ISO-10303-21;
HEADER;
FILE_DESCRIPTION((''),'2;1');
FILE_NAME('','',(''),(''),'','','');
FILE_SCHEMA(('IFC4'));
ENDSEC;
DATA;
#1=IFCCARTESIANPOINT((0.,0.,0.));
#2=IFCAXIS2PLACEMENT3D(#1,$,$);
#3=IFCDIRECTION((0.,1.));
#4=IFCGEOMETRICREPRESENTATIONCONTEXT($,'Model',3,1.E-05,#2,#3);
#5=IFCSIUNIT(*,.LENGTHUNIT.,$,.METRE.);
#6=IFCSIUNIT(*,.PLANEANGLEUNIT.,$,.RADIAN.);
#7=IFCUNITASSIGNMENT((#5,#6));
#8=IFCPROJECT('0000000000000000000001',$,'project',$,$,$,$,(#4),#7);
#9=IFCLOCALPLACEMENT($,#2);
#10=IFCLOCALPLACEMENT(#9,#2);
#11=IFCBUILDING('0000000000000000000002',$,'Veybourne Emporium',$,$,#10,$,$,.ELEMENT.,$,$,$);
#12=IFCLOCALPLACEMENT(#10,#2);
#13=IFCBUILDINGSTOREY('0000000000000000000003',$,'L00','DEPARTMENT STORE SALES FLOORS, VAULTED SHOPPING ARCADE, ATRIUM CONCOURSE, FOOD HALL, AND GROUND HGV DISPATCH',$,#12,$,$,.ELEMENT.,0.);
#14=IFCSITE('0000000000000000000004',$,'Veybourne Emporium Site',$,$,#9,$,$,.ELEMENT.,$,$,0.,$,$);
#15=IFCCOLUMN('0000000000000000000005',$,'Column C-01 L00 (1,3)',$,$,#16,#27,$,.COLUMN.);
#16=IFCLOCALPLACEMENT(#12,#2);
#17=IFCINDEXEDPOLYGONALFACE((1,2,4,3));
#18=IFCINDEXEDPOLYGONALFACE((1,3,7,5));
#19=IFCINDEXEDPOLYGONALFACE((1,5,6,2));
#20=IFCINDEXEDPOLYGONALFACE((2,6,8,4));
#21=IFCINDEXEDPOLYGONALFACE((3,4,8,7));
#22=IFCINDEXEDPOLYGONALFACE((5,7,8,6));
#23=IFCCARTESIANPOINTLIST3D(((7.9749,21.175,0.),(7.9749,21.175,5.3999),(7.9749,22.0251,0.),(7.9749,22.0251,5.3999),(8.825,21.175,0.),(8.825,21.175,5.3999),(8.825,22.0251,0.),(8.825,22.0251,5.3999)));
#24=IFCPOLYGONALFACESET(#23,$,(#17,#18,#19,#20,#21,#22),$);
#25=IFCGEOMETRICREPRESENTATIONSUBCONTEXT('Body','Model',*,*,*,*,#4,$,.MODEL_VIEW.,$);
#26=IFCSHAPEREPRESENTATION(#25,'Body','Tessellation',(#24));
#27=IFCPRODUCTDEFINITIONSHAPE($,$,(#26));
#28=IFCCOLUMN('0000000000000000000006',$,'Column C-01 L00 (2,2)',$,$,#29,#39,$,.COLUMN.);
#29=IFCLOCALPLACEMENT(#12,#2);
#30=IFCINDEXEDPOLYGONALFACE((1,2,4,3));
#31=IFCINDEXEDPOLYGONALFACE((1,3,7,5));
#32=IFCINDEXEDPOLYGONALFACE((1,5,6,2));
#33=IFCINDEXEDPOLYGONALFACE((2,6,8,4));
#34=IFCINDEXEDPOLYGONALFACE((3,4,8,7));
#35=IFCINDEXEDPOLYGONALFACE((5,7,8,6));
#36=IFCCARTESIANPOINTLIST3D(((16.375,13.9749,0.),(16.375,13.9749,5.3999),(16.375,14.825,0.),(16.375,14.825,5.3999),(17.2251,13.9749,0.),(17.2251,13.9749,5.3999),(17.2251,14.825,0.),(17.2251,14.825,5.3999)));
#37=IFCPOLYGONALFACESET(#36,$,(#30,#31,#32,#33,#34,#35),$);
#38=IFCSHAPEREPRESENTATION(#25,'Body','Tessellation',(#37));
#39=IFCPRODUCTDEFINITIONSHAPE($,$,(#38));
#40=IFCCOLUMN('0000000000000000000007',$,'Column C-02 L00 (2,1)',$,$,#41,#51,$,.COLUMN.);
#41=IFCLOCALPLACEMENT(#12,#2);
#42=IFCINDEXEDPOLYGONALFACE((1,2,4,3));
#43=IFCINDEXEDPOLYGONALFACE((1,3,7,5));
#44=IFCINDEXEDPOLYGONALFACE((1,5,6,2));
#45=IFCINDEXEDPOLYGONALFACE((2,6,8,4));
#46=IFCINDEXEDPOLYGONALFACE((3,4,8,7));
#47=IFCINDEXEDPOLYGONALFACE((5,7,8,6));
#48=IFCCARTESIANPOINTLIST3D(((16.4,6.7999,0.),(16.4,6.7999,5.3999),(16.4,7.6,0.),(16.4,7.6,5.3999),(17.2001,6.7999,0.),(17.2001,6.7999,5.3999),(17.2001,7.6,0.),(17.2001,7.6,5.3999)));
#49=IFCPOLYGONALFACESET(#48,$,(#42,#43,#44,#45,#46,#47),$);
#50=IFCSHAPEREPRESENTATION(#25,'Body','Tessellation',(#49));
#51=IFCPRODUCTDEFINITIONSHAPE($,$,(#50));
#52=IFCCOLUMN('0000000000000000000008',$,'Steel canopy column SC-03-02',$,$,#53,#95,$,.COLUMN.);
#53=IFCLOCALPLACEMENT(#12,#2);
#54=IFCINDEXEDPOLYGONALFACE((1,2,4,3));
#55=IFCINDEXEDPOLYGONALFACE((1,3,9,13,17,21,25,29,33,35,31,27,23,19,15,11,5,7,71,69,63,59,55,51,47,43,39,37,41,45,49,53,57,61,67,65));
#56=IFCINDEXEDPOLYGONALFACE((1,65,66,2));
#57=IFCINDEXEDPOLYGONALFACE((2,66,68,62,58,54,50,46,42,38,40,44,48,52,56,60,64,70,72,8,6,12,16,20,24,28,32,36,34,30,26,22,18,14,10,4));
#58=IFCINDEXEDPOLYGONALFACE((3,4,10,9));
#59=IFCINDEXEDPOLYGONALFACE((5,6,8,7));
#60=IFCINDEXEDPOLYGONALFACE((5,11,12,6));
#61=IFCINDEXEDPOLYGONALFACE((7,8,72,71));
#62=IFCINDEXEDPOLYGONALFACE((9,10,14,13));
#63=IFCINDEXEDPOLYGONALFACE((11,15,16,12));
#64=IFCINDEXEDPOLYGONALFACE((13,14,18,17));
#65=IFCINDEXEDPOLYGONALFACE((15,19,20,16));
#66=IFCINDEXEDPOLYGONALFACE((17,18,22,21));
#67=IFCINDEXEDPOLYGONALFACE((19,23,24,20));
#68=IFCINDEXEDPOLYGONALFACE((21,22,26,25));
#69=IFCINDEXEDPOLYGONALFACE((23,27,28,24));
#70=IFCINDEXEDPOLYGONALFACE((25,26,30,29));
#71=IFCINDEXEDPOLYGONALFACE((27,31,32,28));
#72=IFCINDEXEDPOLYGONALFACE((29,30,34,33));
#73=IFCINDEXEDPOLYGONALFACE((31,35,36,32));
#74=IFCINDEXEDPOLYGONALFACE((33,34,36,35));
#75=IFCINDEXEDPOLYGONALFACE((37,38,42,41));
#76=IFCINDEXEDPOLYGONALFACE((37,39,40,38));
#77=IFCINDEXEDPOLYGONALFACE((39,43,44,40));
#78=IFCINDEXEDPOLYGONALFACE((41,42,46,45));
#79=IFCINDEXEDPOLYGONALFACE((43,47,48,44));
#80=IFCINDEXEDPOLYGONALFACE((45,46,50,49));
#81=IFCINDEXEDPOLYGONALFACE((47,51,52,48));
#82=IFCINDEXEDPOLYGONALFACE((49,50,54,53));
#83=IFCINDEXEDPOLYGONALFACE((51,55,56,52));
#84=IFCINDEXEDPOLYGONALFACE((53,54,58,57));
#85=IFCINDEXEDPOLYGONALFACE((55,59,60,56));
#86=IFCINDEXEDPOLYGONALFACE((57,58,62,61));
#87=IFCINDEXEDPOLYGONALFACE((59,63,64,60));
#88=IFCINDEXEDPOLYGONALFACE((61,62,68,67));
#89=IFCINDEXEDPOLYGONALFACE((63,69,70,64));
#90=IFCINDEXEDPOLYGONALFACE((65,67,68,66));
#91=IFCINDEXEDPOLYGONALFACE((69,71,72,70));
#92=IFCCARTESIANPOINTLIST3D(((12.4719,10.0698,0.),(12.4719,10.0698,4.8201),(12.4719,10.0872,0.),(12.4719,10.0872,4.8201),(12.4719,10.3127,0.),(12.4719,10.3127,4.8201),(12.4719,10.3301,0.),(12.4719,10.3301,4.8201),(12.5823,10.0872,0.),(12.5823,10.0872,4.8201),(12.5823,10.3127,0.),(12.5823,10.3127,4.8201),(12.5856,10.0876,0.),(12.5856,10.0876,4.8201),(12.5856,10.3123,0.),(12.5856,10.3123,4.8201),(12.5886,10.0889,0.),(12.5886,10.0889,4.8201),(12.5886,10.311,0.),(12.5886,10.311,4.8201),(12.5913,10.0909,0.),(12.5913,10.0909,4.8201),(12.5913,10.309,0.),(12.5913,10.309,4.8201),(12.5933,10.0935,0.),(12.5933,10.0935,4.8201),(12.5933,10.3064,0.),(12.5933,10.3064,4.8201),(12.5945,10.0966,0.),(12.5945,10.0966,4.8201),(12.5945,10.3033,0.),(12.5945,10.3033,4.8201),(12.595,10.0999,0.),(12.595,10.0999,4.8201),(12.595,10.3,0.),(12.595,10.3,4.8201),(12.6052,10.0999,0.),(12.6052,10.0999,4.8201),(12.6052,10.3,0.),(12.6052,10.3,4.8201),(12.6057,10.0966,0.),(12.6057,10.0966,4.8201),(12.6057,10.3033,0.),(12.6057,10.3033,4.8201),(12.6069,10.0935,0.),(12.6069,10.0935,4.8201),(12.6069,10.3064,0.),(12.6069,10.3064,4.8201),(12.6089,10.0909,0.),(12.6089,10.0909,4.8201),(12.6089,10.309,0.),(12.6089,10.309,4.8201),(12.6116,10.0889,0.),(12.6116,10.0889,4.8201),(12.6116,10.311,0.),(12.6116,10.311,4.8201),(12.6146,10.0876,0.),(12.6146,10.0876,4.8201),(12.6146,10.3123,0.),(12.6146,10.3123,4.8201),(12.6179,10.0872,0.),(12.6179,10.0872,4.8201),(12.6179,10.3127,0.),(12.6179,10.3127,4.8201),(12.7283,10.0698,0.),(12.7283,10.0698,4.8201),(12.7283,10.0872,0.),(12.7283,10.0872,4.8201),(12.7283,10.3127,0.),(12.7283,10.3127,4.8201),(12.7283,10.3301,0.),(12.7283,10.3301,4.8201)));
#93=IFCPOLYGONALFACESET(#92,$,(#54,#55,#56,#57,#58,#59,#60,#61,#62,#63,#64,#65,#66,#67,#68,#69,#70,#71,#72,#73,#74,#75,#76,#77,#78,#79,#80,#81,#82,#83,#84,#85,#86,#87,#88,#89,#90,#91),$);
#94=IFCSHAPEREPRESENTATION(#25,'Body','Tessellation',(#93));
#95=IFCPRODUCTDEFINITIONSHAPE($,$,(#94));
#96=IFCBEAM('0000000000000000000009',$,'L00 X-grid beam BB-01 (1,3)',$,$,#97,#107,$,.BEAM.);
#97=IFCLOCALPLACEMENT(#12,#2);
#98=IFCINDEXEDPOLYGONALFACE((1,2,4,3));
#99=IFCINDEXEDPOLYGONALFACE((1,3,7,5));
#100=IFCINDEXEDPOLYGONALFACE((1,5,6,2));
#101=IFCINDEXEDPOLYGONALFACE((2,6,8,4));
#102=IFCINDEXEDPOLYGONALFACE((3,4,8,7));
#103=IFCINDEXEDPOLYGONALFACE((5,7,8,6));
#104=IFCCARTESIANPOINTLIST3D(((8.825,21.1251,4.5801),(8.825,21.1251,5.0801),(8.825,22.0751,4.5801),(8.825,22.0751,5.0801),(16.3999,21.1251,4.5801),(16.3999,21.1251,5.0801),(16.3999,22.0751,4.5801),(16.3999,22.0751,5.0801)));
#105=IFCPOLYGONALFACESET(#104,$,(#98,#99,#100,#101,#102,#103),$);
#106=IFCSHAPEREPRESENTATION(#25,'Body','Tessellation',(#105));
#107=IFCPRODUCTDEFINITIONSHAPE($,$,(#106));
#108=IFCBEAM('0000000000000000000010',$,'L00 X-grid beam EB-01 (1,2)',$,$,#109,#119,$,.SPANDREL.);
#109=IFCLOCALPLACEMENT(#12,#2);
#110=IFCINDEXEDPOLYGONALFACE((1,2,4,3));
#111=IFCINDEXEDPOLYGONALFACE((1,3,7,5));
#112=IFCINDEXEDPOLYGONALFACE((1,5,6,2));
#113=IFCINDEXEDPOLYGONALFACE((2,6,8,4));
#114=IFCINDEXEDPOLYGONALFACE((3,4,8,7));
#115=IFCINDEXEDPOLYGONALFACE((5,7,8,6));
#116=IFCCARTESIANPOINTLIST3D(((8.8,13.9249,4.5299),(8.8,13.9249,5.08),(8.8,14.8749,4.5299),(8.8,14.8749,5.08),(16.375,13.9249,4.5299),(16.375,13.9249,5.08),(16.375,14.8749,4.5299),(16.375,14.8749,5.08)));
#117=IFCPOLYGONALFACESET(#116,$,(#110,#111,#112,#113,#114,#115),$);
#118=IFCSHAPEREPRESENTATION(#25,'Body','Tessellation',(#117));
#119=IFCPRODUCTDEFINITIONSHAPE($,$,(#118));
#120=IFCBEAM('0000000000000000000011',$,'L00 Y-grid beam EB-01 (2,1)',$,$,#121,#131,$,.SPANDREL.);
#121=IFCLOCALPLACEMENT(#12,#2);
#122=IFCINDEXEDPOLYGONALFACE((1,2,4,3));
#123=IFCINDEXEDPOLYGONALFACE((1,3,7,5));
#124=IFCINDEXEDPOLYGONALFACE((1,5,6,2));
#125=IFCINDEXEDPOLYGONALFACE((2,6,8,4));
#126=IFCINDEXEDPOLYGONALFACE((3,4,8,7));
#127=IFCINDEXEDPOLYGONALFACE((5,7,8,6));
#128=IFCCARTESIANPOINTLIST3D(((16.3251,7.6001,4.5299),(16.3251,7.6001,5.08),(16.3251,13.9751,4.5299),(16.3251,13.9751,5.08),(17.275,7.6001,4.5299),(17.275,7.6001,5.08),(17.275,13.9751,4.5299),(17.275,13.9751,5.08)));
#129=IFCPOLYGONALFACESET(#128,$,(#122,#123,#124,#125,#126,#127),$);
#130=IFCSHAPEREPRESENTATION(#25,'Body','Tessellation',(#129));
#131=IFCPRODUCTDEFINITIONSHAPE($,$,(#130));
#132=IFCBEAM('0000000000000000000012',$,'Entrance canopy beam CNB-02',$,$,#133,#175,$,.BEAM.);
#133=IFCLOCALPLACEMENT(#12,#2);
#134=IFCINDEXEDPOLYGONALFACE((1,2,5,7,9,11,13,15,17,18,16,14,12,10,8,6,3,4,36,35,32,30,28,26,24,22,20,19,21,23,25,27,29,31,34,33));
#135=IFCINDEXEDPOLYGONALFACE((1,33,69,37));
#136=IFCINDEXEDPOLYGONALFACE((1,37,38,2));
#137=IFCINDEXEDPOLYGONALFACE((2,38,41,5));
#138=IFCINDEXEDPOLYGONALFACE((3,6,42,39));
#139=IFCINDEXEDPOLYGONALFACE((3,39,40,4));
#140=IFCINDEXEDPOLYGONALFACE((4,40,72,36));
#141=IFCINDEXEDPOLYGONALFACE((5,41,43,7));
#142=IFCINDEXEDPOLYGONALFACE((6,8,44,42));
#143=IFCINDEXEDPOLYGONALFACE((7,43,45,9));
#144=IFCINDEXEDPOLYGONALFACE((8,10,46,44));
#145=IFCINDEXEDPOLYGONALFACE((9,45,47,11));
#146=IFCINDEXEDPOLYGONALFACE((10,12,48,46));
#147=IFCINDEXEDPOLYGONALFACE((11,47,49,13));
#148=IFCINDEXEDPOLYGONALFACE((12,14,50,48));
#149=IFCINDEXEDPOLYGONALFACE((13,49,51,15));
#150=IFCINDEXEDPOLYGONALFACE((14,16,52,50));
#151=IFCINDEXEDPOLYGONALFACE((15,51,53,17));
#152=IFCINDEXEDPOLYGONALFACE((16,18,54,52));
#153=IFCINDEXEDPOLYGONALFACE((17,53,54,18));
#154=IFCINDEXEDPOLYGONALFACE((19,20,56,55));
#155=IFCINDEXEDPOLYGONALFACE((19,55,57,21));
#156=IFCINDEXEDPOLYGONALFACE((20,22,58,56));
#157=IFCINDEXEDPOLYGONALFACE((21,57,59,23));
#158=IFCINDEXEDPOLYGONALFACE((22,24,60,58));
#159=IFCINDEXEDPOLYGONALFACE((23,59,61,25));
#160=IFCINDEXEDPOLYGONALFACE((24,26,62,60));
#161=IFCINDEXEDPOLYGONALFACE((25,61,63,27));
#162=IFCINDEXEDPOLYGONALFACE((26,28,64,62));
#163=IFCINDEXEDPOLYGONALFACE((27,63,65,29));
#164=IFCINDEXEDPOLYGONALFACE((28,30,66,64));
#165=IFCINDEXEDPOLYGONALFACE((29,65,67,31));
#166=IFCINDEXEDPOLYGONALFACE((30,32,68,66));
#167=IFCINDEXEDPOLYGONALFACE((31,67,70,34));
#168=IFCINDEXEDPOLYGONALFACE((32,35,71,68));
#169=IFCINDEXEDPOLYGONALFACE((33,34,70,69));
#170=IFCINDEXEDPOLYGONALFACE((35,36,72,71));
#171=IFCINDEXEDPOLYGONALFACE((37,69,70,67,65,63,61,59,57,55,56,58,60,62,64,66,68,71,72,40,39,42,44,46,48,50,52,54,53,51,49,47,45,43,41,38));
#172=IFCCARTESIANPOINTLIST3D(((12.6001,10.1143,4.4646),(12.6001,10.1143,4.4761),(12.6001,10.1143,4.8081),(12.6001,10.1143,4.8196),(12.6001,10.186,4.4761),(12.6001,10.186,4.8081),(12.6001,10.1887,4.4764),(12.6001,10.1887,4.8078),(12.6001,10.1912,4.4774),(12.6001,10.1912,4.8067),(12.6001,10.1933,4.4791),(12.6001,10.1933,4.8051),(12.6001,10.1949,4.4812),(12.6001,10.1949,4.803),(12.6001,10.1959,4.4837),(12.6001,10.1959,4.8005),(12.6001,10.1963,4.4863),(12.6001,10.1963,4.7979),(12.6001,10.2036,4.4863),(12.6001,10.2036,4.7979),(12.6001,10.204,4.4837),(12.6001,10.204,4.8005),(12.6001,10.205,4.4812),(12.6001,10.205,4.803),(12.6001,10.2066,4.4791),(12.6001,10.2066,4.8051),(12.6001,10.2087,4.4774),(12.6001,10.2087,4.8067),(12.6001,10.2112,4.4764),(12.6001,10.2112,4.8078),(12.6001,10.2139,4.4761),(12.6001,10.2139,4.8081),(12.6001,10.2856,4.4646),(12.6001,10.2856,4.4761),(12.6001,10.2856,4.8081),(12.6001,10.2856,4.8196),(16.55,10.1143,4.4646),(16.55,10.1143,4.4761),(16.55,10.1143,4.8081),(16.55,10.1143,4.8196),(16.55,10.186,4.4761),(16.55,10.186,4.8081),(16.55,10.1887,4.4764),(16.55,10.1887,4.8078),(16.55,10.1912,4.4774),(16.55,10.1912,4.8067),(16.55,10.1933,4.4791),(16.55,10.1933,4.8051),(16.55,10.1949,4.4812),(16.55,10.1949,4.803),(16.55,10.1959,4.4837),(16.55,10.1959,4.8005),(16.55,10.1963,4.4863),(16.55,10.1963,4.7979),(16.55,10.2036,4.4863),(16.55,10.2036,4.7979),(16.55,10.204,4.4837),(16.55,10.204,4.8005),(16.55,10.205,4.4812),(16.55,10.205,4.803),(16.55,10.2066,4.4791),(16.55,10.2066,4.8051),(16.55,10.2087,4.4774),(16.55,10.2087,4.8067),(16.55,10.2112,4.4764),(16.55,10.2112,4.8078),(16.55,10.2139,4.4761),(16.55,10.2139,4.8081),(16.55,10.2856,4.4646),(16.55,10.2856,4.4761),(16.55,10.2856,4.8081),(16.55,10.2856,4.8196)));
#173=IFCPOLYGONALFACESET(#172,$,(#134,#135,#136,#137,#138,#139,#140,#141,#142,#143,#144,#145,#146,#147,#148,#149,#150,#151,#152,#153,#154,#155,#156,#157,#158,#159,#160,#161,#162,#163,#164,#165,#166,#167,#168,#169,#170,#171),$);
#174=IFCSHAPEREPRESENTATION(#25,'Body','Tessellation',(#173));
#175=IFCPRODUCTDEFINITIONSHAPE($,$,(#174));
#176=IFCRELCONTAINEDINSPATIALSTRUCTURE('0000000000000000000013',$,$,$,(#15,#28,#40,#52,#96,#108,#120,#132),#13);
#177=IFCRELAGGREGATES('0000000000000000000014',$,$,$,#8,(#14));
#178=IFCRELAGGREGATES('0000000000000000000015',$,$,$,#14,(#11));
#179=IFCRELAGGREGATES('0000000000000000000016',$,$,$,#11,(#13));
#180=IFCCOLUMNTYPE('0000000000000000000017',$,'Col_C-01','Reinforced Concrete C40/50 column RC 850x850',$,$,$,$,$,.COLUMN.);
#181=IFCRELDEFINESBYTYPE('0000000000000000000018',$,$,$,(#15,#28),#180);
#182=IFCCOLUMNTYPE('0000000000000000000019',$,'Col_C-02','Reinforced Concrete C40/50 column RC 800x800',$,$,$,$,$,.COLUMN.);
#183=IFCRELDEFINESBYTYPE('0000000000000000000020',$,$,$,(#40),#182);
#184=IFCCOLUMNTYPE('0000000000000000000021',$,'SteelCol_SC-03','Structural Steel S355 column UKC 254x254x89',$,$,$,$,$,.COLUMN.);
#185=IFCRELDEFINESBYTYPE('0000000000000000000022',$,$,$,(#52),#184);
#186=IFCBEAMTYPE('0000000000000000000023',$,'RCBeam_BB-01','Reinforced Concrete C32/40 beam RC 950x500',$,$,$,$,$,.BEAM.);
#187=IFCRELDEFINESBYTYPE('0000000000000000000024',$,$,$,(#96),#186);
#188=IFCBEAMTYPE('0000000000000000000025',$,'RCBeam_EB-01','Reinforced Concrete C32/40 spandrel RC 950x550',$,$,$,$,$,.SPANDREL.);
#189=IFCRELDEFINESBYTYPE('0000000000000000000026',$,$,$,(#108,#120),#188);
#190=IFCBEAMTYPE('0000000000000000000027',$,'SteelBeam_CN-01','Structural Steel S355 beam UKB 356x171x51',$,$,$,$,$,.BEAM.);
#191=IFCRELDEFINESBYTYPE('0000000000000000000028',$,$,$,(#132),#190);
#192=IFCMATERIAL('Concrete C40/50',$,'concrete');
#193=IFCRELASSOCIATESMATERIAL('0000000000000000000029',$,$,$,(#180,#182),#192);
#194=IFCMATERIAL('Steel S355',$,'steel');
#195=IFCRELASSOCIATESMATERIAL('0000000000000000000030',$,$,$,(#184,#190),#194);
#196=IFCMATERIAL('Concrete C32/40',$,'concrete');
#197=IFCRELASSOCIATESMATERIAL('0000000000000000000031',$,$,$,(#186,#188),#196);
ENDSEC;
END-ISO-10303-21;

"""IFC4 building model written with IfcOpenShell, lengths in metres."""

from ifc_helpers import new_model, si_unit, direction, frame, origin, origin_2d, place, context, subcontext, project, spatial, rectangle, i_section, extrude, material, material_profile, profile_set, type_object, element, save


model = new_model("IFC4")

# Units and contexts
model_context = context("Model", 3, precision=1e-05, world=origin(), true_north=direction((0.0, 1.0)))
body_context = subcontext(model_context, "Body", "Model", "MODEL_VIEW")
ifc_project = project(units=[si_unit("LENGTHUNIT", "METRE"), si_unit("PLANEANGLEUNIT", "RADIAN")], contexts=[model_context])

# Site, building, storey
site_placement = place(None, origin())
site = spatial("IfcSite", under=ifc_project, at=site_placement, Name="Veybourne Emporium Site", CompositionType="ELEMENT", RefElevation=0.0)
building_placement = place(site_placement, origin())
building = spatial("IfcBuilding", under=site, at=building_placement, Name="Veybourne Emporium", CompositionType="ELEMENT")
storey_placement = place(building_placement, origin())
storey = spatial("IfcBuildingStorey", under=building, at=storey_placement, Name="L00", Description="DEPARTMENT STORE SALES FLOORS, VAULTED SHOPPING ARCADE, ATRIUM CONCOURSE, FOOD HALL, AND GROUND HGV DISPATCH", CompositionType="ELEMENT", Elevation=0.0)

# Columns
ifc_material_1 = material(Name="Concrete C40/50", Category="concrete")
ifc_material_profile_1 = material_profile(ifc_material_1, rectangle(XDim=0.8501, YDim=0.8501, at=origin_2d()), Name="RC 850x850")
ifc_profile_set_1 = profile_set([ifc_material_profile_1], Name="Concrete C40/50")
column_type_1 = type_object("IfcColumnType", Name="Col_C-01", Description="Reinforced Concrete C40/50 column RC 850x850", PredefinedType="COLUMN", material=ifc_profile_set_1)
for number, where, z_axis, x_axis, name in (
    (1, (8.3999, 21.6001, 0.0), (0.0, 0.0, 1.0), (1.0, 0.0, 0.0), "Column C-01 L00 (1,3)"),
    (2, (16.8, 14.3999, 0.0), (0.0, 0.0, 1.0), (1.0, 0.0, 0.0), "Column C-01 L00 (2,2)"),
):
    element("IfcColumn", number, at=place(storey_placement, frame(where, z_axis=z_axis, x_axis=x_axis)), inside=storey, type_object=column_type_1, Name=name, PredefinedType="COLUMN", context=body_context, shape_type="SweptSolid", body=[
        extrude(rectangle(XDim=0.8501, YDim=0.8501, at=origin_2d()), origin(), (0.0, 0.0, 1.0), 5.3999),
    ])
ifc_material_profile_2 = material_profile(ifc_material_1, rectangle(XDim=0.8, YDim=0.8, at=origin_2d()), Name="RC 800x800")
ifc_profile_set_2 = profile_set([ifc_material_profile_2], Name="Concrete C40/50")
column_type_2 = type_object("IfcColumnType", Name="Col_C-02", Description="Reinforced Concrete C40/50 column RC 800x800", PredefinedType="COLUMN", material=ifc_profile_set_2)
column_1_placement = place(storey_placement, frame((16.8, 7.2, 0.0), z_axis=(0.0, 0.0, 1.0), x_axis=(1.0, 0.0, 0.0)))
element("IfcColumn", 3, at=column_1_placement, inside=storey, type_object=column_type_2, Name="Column C-02 L00 (2,1)", PredefinedType="COLUMN", context=body_context, shape_type="SweptSolid", body=[
    extrude(rectangle(XDim=0.8, YDim=0.8, at=origin_2d()), origin(), (0.0, 0.0, 1.0), 5.3999),
])
ifc_material_2 = material(Name="Steel S355", Category="steel")
ifc_material_profile_3 = material_profile(ifc_material_2, i_section(OverallWidth=0.2563, OverallDepth=0.2603, WebThickness=0.0103, FlangeThickness=0.0173, FilletRadius=0.0127, at=origin_2d()), Name="UKC 254x254x89")
ifc_profile_set_3 = profile_set([ifc_material_profile_3], Name="Steel S355")
column_type_3 = type_object("IfcColumnType", Name="SteelCol_SC-03", Description="Structural Steel S355 column UKC 254x254x89", PredefinedType="COLUMN", material=ifc_profile_set_3)
column_2_placement = place(storey_placement, frame((12.6001, 10.2, 0.0), z_axis=(0.0, 0.0, 1.0), x_axis=(1.0, 0.0, 0.0)))
element("IfcColumn", 4, at=column_2_placement, inside=storey, type_object=column_type_3, Name="Steel canopy column SC-03-02", PredefinedType="COLUMN", context=body_context, shape_type="SweptSolid", body=[
    extrude(i_section(OverallWidth=0.2563, OverallDepth=0.2603, WebThickness=0.0103, FlangeThickness=0.0173, FilletRadius=0.0127, at=origin_2d()), origin(), (0.0, 0.0, 1.0), 4.8201),
])

# Beams
ifc_material_3 = material(Name="Concrete C32/40", Category="concrete")
ifc_material_profile_4 = material_profile(ifc_material_3, rectangle(XDim=0.95, YDim=0.5, at=origin_2d()), Name="RC 950x500")
ifc_profile_set_4 = profile_set([ifc_material_profile_4], Name="Concrete C32/40")
beam_type_1 = type_object("IfcBeamType", Name="RCBeam_BB-01", Description="Reinforced Concrete C32/40 beam RC 950x500", PredefinedType="BEAM", material=ifc_profile_set_4)
beam_1_placement = place(storey_placement, frame((8.825, 21.6001, 4.8301), z_axis=(1.0, 0.0, 0.0), x_axis=(0.0, 1.0, 0.0)))
element("IfcBeam", 5, at=beam_1_placement, inside=storey, type_object=beam_type_1, Name="L00 X-grid beam BB-01 (1,3)", PredefinedType="BEAM", context=body_context, shape_type="SweptSolid", body=[
    extrude(rectangle(XDim=0.95, YDim=0.5, at=origin_2d()), origin(), (0.0, 0.0, 1.0), 7.575),
])
ifc_material_profile_5 = material_profile(ifc_material_3, rectangle(XDim=0.95, YDim=0.55, at=origin_2d()), Name="RC 950x550")
ifc_profile_set_5 = profile_set([ifc_material_profile_5], Name="Concrete C32/40")
beam_type_2 = type_object("IfcBeamType", Name="RCBeam_EB-01", Description="Reinforced Concrete C32/40 spandrel RC 950x550", PredefinedType="SPANDREL", material=ifc_profile_set_5)
beam_2_placement = place(storey_placement, frame((8.8, 14.3999, 4.8049), z_axis=(1.0, 0.0, 0.0), x_axis=(0.0, 1.0, 0.0)))
element("IfcBeam", 6, at=beam_2_placement, inside=storey, type_object=beam_type_2, Name="L00 X-grid beam EB-01 (1,2)", PredefinedType="SPANDREL", context=body_context, shape_type="SweptSolid", body=[
    extrude(rectangle(XDim=0.95, YDim=0.55, at=origin_2d()), origin(), (0.0, 0.0, 1.0), 7.575),
])
beam_3_placement = place(storey_placement, frame((16.8, 7.6001, 4.8049), z_axis=(0.0, 1.0, 0.0), x_axis=(-1.0, 0.0, 0.0)))
element("IfcBeam", 7, at=beam_3_placement, inside=storey, type_object=beam_type_2, Name="L00 Y-grid beam EB-01 (2,1)", PredefinedType="SPANDREL", context=body_context, shape_type="SweptSolid", body=[
    extrude(rectangle(XDim=0.95, YDim=0.55, at=origin_2d()), origin(), (0.0, 0.0, 1.0), 6.375),
])
ifc_material_profile_6 = material_profile(ifc_material_2, i_section(OverallWidth=0.1714, OverallDepth=0.355, WebThickness=0.0073, FlangeThickness=0.0115, FilletRadius=0.0103, at=origin_2d()), Name="UKB 356x171x51")
ifc_profile_set_6 = profile_set([ifc_material_profile_6], Name="Steel S355")
beam_type_3 = type_object("IfcBeamType", Name="SteelBeam_CN-01", Description="Structural Steel S355 beam UKB 356x171x51", PredefinedType="BEAM", material=ifc_profile_set_6)
beam_4_placement = place(storey_placement, frame((12.6001, 10.2, 4.6421), z_axis=(1.0, 0.0, 0.0), x_axis=(0.0, 1.0, 0.0)))
element("IfcBeam", 8, at=beam_4_placement, inside=storey, type_object=beam_type_3, Name="Entrance canopy beam CNB-02", PredefinedType="BEAM", context=body_context, shape_type="SweptSolid", body=[
    extrude(i_section(OverallWidth=0.1714, OverallDepth=0.355, WebThickness=0.0073, FlangeThickness=0.0115, FilletRadius=0.0103, at=origin_2d()), origin(), (0.0, 0.0, 1.0), 3.95),
])

save(model, "model.ifc")
